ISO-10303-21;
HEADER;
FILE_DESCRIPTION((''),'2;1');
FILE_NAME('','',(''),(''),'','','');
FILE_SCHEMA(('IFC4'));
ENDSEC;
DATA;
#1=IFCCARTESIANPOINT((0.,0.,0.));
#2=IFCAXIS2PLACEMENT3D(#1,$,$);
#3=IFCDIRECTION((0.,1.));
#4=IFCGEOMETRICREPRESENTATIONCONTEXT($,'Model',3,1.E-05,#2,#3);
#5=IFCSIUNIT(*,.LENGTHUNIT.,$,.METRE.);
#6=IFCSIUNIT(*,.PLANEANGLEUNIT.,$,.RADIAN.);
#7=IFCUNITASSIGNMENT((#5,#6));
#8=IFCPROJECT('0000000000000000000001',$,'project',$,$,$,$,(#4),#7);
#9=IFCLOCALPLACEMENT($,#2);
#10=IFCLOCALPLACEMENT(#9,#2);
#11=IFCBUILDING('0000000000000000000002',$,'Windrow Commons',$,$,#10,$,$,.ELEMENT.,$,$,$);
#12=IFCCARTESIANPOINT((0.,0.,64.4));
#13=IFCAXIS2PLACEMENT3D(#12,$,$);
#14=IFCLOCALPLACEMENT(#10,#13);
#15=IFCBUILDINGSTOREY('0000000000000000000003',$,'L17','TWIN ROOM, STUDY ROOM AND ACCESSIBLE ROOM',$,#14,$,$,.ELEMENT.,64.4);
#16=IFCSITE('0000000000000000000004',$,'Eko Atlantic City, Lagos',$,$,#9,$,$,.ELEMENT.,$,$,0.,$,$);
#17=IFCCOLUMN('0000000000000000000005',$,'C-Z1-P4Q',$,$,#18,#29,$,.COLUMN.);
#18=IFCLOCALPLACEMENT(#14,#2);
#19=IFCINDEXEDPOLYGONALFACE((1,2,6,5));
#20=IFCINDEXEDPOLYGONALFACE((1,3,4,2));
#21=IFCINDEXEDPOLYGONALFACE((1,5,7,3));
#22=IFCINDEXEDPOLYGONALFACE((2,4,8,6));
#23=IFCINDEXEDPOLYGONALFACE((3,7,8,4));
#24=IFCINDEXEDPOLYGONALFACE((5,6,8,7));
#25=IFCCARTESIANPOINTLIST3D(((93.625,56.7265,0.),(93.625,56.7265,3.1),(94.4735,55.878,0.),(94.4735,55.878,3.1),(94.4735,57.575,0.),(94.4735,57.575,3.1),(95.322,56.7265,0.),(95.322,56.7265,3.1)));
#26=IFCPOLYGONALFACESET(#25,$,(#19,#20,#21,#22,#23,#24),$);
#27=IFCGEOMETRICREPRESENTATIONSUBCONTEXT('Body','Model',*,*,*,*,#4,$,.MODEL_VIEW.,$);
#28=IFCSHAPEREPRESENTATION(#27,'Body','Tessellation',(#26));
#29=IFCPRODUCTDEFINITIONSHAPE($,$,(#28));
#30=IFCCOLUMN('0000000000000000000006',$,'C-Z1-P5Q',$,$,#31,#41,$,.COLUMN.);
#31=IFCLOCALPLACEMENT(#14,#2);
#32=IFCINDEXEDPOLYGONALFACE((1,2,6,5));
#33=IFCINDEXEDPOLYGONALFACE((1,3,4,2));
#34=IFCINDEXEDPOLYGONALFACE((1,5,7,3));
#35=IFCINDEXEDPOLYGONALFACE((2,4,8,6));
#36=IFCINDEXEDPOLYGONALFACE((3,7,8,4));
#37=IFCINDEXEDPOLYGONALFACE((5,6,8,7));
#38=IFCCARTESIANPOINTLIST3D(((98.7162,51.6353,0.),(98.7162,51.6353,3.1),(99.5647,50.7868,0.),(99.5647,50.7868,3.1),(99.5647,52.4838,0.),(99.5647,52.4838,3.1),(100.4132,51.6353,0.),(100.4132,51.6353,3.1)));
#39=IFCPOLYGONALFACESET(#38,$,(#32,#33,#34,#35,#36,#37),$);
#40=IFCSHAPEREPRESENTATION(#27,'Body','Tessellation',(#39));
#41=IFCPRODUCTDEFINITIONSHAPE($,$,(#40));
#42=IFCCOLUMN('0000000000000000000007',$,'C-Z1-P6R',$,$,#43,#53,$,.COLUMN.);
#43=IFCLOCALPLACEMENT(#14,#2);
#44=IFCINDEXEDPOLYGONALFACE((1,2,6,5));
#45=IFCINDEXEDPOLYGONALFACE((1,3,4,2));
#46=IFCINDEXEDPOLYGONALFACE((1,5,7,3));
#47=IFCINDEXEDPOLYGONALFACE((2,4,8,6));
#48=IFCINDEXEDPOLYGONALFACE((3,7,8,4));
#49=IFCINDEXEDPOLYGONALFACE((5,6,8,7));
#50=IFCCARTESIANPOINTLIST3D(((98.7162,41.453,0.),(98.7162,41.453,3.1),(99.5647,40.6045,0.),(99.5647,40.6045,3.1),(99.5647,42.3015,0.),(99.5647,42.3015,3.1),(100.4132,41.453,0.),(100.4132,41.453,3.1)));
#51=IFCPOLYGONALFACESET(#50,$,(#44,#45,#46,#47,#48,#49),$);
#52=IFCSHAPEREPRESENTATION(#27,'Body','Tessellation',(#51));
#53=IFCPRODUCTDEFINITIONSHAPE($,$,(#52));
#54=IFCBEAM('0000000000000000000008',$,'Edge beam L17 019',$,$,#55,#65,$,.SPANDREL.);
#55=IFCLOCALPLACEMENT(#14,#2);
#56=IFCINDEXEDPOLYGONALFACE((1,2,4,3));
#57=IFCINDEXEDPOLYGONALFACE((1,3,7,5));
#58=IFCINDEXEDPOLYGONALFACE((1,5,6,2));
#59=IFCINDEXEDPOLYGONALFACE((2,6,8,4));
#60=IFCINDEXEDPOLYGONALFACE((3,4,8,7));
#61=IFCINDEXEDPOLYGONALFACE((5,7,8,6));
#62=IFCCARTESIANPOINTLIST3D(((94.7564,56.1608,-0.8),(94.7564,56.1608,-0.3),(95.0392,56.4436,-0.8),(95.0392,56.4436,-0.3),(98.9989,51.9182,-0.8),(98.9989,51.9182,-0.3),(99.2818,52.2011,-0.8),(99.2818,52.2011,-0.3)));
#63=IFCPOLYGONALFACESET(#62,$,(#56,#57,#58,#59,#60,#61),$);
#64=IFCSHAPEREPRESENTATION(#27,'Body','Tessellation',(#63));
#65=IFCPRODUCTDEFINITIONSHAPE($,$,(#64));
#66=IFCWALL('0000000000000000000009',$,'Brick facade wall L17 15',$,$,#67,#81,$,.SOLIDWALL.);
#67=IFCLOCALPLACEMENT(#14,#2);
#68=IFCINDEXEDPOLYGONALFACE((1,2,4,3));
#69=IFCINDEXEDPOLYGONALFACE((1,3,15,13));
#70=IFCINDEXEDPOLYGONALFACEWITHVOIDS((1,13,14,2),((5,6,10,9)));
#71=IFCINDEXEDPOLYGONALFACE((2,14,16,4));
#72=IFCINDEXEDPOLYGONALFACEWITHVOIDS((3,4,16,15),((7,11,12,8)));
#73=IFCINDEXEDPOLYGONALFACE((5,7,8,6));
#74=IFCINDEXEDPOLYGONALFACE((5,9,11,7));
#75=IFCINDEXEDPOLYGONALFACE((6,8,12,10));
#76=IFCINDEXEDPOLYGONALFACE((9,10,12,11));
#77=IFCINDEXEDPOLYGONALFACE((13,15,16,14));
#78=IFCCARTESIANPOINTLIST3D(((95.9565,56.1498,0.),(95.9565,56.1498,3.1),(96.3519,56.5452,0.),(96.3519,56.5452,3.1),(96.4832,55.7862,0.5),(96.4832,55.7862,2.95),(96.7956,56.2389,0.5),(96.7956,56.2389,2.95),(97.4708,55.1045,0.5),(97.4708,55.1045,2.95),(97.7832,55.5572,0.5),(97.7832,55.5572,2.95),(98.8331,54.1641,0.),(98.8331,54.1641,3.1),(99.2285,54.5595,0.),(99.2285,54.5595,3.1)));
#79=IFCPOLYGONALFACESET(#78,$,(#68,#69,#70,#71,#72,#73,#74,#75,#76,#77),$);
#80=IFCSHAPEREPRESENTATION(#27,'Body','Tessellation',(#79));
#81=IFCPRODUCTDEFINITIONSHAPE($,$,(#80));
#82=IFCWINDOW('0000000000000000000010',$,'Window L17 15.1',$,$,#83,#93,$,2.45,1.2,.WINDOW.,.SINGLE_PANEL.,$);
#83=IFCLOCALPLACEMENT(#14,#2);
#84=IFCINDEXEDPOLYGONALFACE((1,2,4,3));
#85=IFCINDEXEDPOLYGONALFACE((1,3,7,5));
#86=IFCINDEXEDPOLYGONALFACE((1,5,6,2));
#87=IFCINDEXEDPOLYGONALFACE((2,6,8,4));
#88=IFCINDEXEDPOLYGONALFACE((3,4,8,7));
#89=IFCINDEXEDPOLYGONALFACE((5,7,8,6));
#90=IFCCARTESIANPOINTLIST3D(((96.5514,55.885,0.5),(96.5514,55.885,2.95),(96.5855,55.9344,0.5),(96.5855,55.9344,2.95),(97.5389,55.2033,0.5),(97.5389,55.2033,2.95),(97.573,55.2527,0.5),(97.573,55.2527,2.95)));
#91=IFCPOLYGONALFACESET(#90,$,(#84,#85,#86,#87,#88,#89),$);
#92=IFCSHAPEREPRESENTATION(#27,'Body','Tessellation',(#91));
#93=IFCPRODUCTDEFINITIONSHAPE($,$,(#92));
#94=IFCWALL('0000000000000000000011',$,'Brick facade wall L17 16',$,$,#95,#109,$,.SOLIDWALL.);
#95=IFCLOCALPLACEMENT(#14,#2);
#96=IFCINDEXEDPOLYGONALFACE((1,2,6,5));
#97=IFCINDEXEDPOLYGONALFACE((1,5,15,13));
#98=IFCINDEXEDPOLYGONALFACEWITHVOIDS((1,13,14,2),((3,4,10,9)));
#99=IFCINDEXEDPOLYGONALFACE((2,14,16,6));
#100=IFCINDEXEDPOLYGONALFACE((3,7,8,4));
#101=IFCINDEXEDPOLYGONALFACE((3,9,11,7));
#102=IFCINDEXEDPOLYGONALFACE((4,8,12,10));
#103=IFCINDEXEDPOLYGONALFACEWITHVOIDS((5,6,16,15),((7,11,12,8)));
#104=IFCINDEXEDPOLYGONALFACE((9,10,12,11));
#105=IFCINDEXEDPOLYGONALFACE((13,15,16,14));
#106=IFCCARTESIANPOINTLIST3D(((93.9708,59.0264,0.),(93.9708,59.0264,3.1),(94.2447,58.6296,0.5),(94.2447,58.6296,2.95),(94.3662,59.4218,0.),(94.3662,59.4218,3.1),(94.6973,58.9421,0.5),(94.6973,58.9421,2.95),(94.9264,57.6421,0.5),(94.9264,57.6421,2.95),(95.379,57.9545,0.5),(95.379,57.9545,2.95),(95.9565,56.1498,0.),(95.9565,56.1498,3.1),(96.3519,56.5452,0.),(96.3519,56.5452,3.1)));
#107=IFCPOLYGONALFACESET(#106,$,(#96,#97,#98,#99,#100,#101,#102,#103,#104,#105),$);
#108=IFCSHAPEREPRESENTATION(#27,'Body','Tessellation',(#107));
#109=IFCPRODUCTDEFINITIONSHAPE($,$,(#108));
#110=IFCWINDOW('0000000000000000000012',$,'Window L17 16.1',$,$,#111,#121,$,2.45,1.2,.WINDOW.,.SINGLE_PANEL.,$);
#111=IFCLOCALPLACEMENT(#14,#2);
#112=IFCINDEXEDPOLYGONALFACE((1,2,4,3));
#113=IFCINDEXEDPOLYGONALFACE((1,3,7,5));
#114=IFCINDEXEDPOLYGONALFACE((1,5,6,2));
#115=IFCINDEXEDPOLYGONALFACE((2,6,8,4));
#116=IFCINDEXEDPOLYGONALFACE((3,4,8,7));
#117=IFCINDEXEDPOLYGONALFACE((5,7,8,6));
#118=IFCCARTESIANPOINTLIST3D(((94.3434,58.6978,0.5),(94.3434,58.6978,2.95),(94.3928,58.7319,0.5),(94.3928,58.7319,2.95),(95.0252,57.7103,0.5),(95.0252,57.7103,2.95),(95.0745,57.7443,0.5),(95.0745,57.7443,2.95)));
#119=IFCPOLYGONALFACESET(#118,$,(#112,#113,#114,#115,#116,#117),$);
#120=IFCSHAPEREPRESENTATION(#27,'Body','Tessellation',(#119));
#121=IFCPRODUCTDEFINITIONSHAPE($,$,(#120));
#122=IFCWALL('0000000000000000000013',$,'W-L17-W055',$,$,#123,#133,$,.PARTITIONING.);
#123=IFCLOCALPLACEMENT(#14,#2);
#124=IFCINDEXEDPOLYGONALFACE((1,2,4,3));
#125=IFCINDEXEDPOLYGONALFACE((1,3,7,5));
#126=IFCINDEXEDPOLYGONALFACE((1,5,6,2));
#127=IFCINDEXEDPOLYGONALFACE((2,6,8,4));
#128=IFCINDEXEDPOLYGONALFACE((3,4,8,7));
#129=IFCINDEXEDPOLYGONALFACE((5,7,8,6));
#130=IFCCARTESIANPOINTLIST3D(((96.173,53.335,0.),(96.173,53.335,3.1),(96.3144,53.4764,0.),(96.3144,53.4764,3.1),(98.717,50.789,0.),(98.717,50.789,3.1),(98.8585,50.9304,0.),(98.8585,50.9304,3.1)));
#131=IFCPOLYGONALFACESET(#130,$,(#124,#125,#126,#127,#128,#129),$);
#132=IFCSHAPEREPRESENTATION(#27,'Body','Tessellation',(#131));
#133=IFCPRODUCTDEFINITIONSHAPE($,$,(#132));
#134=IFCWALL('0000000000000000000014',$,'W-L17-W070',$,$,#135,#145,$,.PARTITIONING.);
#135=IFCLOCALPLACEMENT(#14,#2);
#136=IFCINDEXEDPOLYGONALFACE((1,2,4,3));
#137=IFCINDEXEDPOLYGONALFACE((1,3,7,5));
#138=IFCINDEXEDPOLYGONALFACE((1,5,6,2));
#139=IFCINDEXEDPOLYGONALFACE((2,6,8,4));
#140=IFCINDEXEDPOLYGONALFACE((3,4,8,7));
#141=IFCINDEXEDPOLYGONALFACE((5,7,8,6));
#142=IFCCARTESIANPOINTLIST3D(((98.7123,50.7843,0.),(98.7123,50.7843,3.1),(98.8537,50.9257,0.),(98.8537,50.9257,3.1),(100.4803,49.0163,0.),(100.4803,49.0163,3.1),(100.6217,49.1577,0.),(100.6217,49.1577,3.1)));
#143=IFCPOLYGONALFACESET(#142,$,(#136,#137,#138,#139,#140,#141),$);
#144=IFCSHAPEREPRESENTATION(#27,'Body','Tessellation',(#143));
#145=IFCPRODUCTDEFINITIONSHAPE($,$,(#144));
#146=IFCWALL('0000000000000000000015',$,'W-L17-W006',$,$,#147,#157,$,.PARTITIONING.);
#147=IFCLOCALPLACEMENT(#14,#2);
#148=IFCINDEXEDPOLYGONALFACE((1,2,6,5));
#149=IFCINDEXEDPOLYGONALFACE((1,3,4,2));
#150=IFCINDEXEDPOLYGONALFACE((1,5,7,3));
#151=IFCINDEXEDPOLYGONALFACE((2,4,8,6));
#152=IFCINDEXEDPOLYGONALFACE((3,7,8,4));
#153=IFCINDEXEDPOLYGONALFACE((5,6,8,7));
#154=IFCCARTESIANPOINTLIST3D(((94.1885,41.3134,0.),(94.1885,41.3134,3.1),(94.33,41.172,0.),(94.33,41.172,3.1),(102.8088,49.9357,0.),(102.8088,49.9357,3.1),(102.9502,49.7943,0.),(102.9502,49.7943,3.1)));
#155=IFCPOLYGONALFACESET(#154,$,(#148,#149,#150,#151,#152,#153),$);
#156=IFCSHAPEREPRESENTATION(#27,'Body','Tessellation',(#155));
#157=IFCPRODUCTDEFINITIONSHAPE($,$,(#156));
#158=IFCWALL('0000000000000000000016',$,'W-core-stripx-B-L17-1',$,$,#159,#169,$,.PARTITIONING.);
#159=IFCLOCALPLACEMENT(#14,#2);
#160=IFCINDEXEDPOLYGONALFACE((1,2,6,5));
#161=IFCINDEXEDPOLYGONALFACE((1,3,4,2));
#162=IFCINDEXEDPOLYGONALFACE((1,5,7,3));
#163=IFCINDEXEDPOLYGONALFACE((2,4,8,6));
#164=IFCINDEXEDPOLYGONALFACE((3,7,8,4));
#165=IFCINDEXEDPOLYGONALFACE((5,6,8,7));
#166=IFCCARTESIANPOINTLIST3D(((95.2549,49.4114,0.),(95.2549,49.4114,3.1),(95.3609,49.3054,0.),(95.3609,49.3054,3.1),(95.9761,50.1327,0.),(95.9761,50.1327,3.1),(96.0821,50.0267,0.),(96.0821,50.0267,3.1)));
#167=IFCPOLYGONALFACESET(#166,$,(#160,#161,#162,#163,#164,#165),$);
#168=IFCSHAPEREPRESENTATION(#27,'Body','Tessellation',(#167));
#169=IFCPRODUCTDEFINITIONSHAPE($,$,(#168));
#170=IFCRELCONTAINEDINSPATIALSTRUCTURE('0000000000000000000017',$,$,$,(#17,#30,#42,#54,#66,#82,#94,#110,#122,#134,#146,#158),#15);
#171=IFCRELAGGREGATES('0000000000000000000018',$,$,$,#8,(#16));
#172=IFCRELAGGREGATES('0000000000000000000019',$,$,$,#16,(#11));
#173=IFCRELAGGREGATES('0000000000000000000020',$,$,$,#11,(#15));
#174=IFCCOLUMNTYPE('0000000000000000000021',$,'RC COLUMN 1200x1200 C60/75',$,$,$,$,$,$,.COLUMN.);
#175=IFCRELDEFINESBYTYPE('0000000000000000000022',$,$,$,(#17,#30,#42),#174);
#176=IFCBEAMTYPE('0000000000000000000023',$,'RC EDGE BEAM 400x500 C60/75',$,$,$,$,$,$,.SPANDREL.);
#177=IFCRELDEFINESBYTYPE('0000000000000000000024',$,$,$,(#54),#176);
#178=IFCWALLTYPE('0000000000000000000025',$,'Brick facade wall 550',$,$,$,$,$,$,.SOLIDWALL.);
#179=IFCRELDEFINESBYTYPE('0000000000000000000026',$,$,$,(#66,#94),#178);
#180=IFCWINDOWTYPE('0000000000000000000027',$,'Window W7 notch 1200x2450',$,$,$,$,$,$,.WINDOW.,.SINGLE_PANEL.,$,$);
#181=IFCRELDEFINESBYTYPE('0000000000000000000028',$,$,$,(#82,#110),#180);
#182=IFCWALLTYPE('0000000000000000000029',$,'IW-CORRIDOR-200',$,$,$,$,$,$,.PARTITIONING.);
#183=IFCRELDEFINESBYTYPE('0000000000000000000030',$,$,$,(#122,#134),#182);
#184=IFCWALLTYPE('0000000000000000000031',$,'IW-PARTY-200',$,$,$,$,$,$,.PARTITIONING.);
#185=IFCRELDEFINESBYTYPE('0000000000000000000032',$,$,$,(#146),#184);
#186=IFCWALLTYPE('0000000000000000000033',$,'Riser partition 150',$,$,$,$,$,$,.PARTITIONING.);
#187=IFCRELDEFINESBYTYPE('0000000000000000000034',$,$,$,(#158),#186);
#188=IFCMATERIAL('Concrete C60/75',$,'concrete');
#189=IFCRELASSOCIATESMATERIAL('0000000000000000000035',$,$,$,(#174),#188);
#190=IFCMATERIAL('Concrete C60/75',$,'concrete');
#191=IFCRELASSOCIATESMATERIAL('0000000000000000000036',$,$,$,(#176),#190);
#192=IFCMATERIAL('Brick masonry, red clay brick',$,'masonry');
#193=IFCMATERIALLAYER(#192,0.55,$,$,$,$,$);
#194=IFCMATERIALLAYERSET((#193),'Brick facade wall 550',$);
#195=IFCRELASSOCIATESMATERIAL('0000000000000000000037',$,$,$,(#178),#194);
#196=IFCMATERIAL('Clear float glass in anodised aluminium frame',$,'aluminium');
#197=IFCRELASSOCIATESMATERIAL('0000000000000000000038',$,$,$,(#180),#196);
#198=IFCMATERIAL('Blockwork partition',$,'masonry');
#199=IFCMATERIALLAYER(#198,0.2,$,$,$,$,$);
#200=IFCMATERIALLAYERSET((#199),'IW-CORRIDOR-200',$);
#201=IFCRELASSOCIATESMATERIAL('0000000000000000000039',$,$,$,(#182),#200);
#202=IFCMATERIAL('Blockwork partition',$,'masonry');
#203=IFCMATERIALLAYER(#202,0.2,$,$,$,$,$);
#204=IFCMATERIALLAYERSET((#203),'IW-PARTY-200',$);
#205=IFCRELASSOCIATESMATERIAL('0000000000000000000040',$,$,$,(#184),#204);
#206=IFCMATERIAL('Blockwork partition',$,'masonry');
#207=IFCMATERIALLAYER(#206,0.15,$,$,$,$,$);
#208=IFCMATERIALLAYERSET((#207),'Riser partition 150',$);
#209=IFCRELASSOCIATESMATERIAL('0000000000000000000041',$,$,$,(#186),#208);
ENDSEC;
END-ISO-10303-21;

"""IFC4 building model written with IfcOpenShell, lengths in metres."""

from ifc_helpers import new_model, si_unit, direction, frame, frame_2d, origin, origin_2d, place, context, subcontext, project, spatial, polyline, rectangle, outline, extrude, material, layer, layer_set, material_profile, profile_set, type_object, element, fill, save


model = new_model("IFC4")

# Units and contexts
model_context = context("Model", 3, precision=1e-05, world=origin(), true_north=direction((0.0, 1.0)))
body_context = subcontext(model_context, "Body", "Model", "MODEL_VIEW")
ifc_project = project(units=[si_unit("LENGTHUNIT", "METRE"), si_unit("PLANEANGLEUNIT", "RADIAN")], contexts=[model_context])

# Site, building, storey
site_placement = place(None, origin())
site = spatial("IfcSite", under=ifc_project, at=site_placement, Name="Eko Atlantic City, Lagos", CompositionType="ELEMENT", RefElevation=0.0)
building_placement = place(site_placement, origin())
building = spatial("IfcBuilding", under=site, at=building_placement, Name="Windrow Commons", CompositionType="ELEMENT")
storey_placement = place(building_placement, frame((0.0, 0.0, 64.4)))
storey = spatial("IfcBuildingStorey", under=building, at=storey_placement, Name="L17", Description="TWIN ROOM, STUDY ROOM AND ACCESSIBLE ROOM", CompositionType="ELEMENT", Elevation=64.4)

# Columns
ifc_material_1 = material(Name="Concrete C60/75", Category="concrete")
ifc_material_profile_1 = material_profile(ifc_material_1, rectangle(XDim=1.2, YDim=1.2, at=origin_2d()))
ifc_profile_set_1 = profile_set([ifc_material_profile_1], Name="Concrete C60/75")
column_type = type_object("IfcColumnType", Name="RC COLUMN 1200x1200 C60/75", PredefinedType="COLUMN", material=ifc_profile_set_1)
for number, where, z_axis, x_axis, name in (
    (1, (94.4735, 56.7265, 0.0), (0.0, 0.0, 1.0), (0.707107, -0.707107, 0.0), "C-Z1-P4Q"),
    (2, (99.5647, 51.6353, 0.0), (0.0, 0.0, 1.0), (0.707107, -0.707107, 0.0), "C-Z1-P5Q"),
    (3, (99.5647, 41.453, 0.0), (0.0, 0.0, 1.0), (0.707107, -0.707107, 0.0), "C-Z1-P6R"),
):
    element("IfcColumn", number, at=place(storey_placement, frame(where, z_axis=z_axis, x_axis=x_axis)), inside=storey, type_object=column_type, Name=name, PredefinedType="COLUMN", context=body_context, shape_type="SweptSolid", body=[
        extrude(rectangle(XDim=1.2, YDim=1.2, at=origin_2d()), origin(), (0.0, 0.0, 1.0), 3.1),
    ])

# Beam
ifc_material_2 = material(Name="Concrete C60/75", Category="concrete")
ifc_material_profile_2 = material_profile(ifc_material_2, rectangle(XDim=0.4, YDim=0.5, at=origin_2d()))
ifc_profile_set_2 = profile_set([ifc_material_profile_2], Name="Concrete C60/75")
beam_type = type_object("IfcBeamType", Name="RC EDGE BEAM 400x500 C60/75", PredefinedType="SPANDREL", material=ifc_profile_set_2)
beam_placement = place(storey_placement, frame((94.8978, 56.3022, -0.55), z_axis=(0.707107, -0.707107, 0.0), x_axis=(0.707107, 0.707107, 0.0)))
element("IfcBeam", 4, at=beam_placement, inside=storey, type_object=beam_type, Name="Edge beam L17 019", PredefinedType="SPANDREL", context=body_context, shape_type="SweptSolid", body=[
    extrude(rectangle(XDim=0.4, YDim=0.5, at=origin_2d()), origin(), (0.0, 0.0, 1.0), 5.9999),
])

# Walls, openings, windows
ifc_material_3 = material(Name="Brick masonry, red clay brick", Category="masonry")
ifc_layer_1 = layer(ifc_material_3, 0.55)
ifc_layer_set_1 = layer_set([ifc_layer_1], Name="Brick facade wall 550")
wall_type_1 = type_object("IfcWallType", Name="Brick facade wall 550", PredefinedType="SOLIDWALL", material=ifc_layer_set_1)
wall_1_placement = place(storey_placement, frame((99.0308, 54.3618, 0.0), z_axis=(0.0, 0.0, 1.0), x_axis=(-0.822967, 0.568089, 0.0)))
wall_1 = element("IfcWall", 5, at=wall_1_placement, inside=storey, type_object=wall_type_1, Name="Brick facade wall L17 15", PredefinedType="SOLIDWALL", context=body_context, shape_type="SweptSolid", body=[
    extrude(outline(polyline([(-0.0504, -0.275), (3.445, -0.275), (3.5458, 0.275), (0.0504, 0.275), (-0.0504, -0.275)])), origin(), (0.0, 0.0, 1.0), 3.1),
])
opening_1_placement = place(wall_1_placement, frame((1.7058, 0.0, 0.5)))
opening_1 = element("IfcOpeningElement", 6, at=opening_1_placement, cuts=wall_1, PredefinedType="OPENING", context=body_context, shape_type="SweptSolid", body=[
    extrude(rectangle(XDim=1.2, YDim=2.45, at=frame_2d((0.6, 1.225))), frame((0.0, 0.285, 0.0), z_axis=(0.0, -1.0, 0.0), x_axis=(1.0, 0.0, 0.0)), (0.0, 0.0, 1.0), 0.57),
])
ifc_material_4 = material(Name="Clear float glass in anodised aluminium frame", Category="aluminium")
window_type = type_object("IfcWindowType", Name="Window W7 notch 1200x2450", PartitioningType="SINGLE_PANEL", PredefinedType="WINDOW", material=ifc_material_4)
window_1_placement = place(opening_1_placement, origin())
window_1 = element("IfcWindow", 7, at=window_1_placement, inside=storey, type_object=window_type, Name="Window L17 15.1", OverallHeight=2.45, OverallWidth=1.2, PartitioningType="SINGLE_PANEL", PredefinedType="WINDOW", context=body_context, shape_type="SweptSolid", body=[
    extrude(rectangle(XDim=1.2, YDim=2.45, at=frame_2d((0.6, 1.225))), frame((0.0, 0.155, 0.0), z_axis=(0.0, -1.0, 0.0), x_axis=(1.0, 0.0, 0.0)), (0.0, 0.0, 1.0), 0.06),
])
fill(opening_1, window_1)
wall_2_placement = place(storey_placement, frame((96.1542, 56.3475, 0.0), z_axis=(0.0, 0.0, 1.0), x_axis=(-0.568089, 0.822967, 0.0)))
wall_2 = element("IfcWall", 8, at=wall_2_placement, inside=storey, type_object=wall_type_1, Name="Brick facade wall L17 16", PredefinedType="SOLIDWALL", context=body_context, shape_type="SweptSolid", body=[
    extrude(outline(polyline([(0.0504, -0.275), (3.5458, -0.275), (3.445, 0.275), (-0.0504, 0.275), (0.0504, -0.275)])), origin(), (0.0, 0.0, 1.0), 3.1),
])
opening_2_placement = place(wall_2_placement, frame((1.7629, 0.0, 0.5)))
opening_2 = element("IfcOpeningElement", 9, at=opening_2_placement, cuts=wall_2, PredefinedType="OPENING", context=body_context, shape_type="SweptSolid", body=[
    extrude(rectangle(XDim=1.2, YDim=2.45, at=frame_2d((0.6, 1.225))), frame((0.0, 0.285, 0.0), z_axis=(0.0, -1.0, 0.0), x_axis=(1.0, 0.0, 0.0)), (0.0, 0.0, 1.0), 0.57),
])
window_2_placement = place(opening_2_placement, origin())
window_2 = element("IfcWindow", 10, at=window_2_placement, inside=storey, type_object=window_type, Name="Window L17 16.1", OverallHeight=2.45, OverallWidth=1.2, PartitioningType="SINGLE_PANEL", PredefinedType="WINDOW", context=body_context, shape_type="SweptSolid", body=[
    extrude(rectangle(XDim=1.2, YDim=2.45, at=frame_2d((0.6, 1.225))), frame((0.0, 0.155, 0.0), z_axis=(0.0, -1.0, 0.0), x_axis=(1.0, 0.0, 0.0)), (0.0, 0.0, 1.0), 0.06),
])
fill(opening_2, window_2)

# Walls
ifc_material_5 = material(Name="Blockwork partition", Category="masonry")
ifc_layer_2 = layer(ifc_material_5, 0.2)
ifc_layer_set_2 = layer_set([ifc_layer_2], Name="IW-CORRIDOR-200")
wall_type_2 = type_object("IfcWallType", Name="IW-CORRIDOR-200", PredefinedType="PARTITIONING", material=ifc_layer_set_2)
wall_3_placement = place(storey_placement, frame((96.2437, 53.4057, 0.0), z_axis=(0.0, 0.0, 1.0), x_axis=(0.706829, -0.707385, 0.0)))
element("IfcWall", 11, at=wall_3_placement, inside=storey, type_object=wall_type_2, Name="W-L17-W055", PredefinedType="PARTITIONING", context=body_context, shape_type="SweptSolid", body=[
    extrude(rectangle(XDim=3.5992, YDim=0.2, at=frame_2d((1.7996, 0.0))), origin(), (0.0, 0.0, 1.0), 3.1),
])
wall_4_placement = place(storey_placement, frame((98.783, 50.855, 0.0), z_axis=(0.0, 0.0, 1.0), x_axis=(0.707107, -0.707107, 0.0)))
element("IfcWall", 12, at=wall_4_placement, inside=storey, type_object=wall_type_2, Name="W-L17-W070", PredefinedType="PARTITIONING", context=body_context, shape_type="SweptSolid", body=[
    extrude(rectangle(XDim=2.5003, YDim=0.2, at=frame_2d((1.2502, 0.0))), origin(), (0.0, 0.0, 1.0), 3.1),
])
ifc_material_6 = material(Name="Blockwork partition", Category="masonry")
ifc_layer_3 = layer(ifc_material_6, 0.2)
ifc_layer_set_3 = layer_set([ifc_layer_3], Name="IW-PARTY-200")
wall_type_3 = type_object("IfcWallType", Name="IW-PARTY-200", PredefinedType="PARTITIONING", material=ifc_layer_set_3)
wall_5_placement = place(storey_placement, frame((94.2593, 41.2427, 0.0), z_axis=(0.0, 0.0, 1.0), x_axis=(0.707021, 0.707193, 0.0)))
element("IfcWall", 13, at=wall_5_placement, inside=storey, type_object=wall_type_3, Name="W-L17-W006", PredefinedType="PARTITIONING", context=body_context, shape_type="SweptSolid", body=[
    extrude(rectangle(XDim=12.1923, YDim=0.2, at=frame_2d((6.0961, 0.0))), origin(), (0.0, 0.0, 1.0), 3.1),
])
ifc_material_7 = material(Name="Blockwork partition", Category="masonry")
ifc_layer_4 = layer(ifc_material_7, 0.15)
ifc_layer_set_4 = layer_set([ifc_layer_4], Name="Riser partition 150")
wall_type_4 = type_object("IfcWallType", Name="Riser partition 150", PredefinedType="PARTITIONING", material=ifc_layer_set_4)
wall_6_placement = place(storey_placement, frame((95.3079, 49.3584, 0.0), z_axis=(0.0, 0.0, 1.0), x_axis=(0.707058, 0.707156, 0.0)))
element("IfcWall", 14, at=wall_6_placement, inside=storey, type_object=wall_type_4, Name="W-core-stripx-B-L17-1", PredefinedType="PARTITIONING", context=body_context, shape_type="SweptSolid", body=[
    extrude(rectangle(XDim=1.02, YDim=0.15, at=frame_2d((0.51, 0.0))), origin(), (0.0, 0.0, 1.0), 3.1),
])

save(model, "model.ifc")
